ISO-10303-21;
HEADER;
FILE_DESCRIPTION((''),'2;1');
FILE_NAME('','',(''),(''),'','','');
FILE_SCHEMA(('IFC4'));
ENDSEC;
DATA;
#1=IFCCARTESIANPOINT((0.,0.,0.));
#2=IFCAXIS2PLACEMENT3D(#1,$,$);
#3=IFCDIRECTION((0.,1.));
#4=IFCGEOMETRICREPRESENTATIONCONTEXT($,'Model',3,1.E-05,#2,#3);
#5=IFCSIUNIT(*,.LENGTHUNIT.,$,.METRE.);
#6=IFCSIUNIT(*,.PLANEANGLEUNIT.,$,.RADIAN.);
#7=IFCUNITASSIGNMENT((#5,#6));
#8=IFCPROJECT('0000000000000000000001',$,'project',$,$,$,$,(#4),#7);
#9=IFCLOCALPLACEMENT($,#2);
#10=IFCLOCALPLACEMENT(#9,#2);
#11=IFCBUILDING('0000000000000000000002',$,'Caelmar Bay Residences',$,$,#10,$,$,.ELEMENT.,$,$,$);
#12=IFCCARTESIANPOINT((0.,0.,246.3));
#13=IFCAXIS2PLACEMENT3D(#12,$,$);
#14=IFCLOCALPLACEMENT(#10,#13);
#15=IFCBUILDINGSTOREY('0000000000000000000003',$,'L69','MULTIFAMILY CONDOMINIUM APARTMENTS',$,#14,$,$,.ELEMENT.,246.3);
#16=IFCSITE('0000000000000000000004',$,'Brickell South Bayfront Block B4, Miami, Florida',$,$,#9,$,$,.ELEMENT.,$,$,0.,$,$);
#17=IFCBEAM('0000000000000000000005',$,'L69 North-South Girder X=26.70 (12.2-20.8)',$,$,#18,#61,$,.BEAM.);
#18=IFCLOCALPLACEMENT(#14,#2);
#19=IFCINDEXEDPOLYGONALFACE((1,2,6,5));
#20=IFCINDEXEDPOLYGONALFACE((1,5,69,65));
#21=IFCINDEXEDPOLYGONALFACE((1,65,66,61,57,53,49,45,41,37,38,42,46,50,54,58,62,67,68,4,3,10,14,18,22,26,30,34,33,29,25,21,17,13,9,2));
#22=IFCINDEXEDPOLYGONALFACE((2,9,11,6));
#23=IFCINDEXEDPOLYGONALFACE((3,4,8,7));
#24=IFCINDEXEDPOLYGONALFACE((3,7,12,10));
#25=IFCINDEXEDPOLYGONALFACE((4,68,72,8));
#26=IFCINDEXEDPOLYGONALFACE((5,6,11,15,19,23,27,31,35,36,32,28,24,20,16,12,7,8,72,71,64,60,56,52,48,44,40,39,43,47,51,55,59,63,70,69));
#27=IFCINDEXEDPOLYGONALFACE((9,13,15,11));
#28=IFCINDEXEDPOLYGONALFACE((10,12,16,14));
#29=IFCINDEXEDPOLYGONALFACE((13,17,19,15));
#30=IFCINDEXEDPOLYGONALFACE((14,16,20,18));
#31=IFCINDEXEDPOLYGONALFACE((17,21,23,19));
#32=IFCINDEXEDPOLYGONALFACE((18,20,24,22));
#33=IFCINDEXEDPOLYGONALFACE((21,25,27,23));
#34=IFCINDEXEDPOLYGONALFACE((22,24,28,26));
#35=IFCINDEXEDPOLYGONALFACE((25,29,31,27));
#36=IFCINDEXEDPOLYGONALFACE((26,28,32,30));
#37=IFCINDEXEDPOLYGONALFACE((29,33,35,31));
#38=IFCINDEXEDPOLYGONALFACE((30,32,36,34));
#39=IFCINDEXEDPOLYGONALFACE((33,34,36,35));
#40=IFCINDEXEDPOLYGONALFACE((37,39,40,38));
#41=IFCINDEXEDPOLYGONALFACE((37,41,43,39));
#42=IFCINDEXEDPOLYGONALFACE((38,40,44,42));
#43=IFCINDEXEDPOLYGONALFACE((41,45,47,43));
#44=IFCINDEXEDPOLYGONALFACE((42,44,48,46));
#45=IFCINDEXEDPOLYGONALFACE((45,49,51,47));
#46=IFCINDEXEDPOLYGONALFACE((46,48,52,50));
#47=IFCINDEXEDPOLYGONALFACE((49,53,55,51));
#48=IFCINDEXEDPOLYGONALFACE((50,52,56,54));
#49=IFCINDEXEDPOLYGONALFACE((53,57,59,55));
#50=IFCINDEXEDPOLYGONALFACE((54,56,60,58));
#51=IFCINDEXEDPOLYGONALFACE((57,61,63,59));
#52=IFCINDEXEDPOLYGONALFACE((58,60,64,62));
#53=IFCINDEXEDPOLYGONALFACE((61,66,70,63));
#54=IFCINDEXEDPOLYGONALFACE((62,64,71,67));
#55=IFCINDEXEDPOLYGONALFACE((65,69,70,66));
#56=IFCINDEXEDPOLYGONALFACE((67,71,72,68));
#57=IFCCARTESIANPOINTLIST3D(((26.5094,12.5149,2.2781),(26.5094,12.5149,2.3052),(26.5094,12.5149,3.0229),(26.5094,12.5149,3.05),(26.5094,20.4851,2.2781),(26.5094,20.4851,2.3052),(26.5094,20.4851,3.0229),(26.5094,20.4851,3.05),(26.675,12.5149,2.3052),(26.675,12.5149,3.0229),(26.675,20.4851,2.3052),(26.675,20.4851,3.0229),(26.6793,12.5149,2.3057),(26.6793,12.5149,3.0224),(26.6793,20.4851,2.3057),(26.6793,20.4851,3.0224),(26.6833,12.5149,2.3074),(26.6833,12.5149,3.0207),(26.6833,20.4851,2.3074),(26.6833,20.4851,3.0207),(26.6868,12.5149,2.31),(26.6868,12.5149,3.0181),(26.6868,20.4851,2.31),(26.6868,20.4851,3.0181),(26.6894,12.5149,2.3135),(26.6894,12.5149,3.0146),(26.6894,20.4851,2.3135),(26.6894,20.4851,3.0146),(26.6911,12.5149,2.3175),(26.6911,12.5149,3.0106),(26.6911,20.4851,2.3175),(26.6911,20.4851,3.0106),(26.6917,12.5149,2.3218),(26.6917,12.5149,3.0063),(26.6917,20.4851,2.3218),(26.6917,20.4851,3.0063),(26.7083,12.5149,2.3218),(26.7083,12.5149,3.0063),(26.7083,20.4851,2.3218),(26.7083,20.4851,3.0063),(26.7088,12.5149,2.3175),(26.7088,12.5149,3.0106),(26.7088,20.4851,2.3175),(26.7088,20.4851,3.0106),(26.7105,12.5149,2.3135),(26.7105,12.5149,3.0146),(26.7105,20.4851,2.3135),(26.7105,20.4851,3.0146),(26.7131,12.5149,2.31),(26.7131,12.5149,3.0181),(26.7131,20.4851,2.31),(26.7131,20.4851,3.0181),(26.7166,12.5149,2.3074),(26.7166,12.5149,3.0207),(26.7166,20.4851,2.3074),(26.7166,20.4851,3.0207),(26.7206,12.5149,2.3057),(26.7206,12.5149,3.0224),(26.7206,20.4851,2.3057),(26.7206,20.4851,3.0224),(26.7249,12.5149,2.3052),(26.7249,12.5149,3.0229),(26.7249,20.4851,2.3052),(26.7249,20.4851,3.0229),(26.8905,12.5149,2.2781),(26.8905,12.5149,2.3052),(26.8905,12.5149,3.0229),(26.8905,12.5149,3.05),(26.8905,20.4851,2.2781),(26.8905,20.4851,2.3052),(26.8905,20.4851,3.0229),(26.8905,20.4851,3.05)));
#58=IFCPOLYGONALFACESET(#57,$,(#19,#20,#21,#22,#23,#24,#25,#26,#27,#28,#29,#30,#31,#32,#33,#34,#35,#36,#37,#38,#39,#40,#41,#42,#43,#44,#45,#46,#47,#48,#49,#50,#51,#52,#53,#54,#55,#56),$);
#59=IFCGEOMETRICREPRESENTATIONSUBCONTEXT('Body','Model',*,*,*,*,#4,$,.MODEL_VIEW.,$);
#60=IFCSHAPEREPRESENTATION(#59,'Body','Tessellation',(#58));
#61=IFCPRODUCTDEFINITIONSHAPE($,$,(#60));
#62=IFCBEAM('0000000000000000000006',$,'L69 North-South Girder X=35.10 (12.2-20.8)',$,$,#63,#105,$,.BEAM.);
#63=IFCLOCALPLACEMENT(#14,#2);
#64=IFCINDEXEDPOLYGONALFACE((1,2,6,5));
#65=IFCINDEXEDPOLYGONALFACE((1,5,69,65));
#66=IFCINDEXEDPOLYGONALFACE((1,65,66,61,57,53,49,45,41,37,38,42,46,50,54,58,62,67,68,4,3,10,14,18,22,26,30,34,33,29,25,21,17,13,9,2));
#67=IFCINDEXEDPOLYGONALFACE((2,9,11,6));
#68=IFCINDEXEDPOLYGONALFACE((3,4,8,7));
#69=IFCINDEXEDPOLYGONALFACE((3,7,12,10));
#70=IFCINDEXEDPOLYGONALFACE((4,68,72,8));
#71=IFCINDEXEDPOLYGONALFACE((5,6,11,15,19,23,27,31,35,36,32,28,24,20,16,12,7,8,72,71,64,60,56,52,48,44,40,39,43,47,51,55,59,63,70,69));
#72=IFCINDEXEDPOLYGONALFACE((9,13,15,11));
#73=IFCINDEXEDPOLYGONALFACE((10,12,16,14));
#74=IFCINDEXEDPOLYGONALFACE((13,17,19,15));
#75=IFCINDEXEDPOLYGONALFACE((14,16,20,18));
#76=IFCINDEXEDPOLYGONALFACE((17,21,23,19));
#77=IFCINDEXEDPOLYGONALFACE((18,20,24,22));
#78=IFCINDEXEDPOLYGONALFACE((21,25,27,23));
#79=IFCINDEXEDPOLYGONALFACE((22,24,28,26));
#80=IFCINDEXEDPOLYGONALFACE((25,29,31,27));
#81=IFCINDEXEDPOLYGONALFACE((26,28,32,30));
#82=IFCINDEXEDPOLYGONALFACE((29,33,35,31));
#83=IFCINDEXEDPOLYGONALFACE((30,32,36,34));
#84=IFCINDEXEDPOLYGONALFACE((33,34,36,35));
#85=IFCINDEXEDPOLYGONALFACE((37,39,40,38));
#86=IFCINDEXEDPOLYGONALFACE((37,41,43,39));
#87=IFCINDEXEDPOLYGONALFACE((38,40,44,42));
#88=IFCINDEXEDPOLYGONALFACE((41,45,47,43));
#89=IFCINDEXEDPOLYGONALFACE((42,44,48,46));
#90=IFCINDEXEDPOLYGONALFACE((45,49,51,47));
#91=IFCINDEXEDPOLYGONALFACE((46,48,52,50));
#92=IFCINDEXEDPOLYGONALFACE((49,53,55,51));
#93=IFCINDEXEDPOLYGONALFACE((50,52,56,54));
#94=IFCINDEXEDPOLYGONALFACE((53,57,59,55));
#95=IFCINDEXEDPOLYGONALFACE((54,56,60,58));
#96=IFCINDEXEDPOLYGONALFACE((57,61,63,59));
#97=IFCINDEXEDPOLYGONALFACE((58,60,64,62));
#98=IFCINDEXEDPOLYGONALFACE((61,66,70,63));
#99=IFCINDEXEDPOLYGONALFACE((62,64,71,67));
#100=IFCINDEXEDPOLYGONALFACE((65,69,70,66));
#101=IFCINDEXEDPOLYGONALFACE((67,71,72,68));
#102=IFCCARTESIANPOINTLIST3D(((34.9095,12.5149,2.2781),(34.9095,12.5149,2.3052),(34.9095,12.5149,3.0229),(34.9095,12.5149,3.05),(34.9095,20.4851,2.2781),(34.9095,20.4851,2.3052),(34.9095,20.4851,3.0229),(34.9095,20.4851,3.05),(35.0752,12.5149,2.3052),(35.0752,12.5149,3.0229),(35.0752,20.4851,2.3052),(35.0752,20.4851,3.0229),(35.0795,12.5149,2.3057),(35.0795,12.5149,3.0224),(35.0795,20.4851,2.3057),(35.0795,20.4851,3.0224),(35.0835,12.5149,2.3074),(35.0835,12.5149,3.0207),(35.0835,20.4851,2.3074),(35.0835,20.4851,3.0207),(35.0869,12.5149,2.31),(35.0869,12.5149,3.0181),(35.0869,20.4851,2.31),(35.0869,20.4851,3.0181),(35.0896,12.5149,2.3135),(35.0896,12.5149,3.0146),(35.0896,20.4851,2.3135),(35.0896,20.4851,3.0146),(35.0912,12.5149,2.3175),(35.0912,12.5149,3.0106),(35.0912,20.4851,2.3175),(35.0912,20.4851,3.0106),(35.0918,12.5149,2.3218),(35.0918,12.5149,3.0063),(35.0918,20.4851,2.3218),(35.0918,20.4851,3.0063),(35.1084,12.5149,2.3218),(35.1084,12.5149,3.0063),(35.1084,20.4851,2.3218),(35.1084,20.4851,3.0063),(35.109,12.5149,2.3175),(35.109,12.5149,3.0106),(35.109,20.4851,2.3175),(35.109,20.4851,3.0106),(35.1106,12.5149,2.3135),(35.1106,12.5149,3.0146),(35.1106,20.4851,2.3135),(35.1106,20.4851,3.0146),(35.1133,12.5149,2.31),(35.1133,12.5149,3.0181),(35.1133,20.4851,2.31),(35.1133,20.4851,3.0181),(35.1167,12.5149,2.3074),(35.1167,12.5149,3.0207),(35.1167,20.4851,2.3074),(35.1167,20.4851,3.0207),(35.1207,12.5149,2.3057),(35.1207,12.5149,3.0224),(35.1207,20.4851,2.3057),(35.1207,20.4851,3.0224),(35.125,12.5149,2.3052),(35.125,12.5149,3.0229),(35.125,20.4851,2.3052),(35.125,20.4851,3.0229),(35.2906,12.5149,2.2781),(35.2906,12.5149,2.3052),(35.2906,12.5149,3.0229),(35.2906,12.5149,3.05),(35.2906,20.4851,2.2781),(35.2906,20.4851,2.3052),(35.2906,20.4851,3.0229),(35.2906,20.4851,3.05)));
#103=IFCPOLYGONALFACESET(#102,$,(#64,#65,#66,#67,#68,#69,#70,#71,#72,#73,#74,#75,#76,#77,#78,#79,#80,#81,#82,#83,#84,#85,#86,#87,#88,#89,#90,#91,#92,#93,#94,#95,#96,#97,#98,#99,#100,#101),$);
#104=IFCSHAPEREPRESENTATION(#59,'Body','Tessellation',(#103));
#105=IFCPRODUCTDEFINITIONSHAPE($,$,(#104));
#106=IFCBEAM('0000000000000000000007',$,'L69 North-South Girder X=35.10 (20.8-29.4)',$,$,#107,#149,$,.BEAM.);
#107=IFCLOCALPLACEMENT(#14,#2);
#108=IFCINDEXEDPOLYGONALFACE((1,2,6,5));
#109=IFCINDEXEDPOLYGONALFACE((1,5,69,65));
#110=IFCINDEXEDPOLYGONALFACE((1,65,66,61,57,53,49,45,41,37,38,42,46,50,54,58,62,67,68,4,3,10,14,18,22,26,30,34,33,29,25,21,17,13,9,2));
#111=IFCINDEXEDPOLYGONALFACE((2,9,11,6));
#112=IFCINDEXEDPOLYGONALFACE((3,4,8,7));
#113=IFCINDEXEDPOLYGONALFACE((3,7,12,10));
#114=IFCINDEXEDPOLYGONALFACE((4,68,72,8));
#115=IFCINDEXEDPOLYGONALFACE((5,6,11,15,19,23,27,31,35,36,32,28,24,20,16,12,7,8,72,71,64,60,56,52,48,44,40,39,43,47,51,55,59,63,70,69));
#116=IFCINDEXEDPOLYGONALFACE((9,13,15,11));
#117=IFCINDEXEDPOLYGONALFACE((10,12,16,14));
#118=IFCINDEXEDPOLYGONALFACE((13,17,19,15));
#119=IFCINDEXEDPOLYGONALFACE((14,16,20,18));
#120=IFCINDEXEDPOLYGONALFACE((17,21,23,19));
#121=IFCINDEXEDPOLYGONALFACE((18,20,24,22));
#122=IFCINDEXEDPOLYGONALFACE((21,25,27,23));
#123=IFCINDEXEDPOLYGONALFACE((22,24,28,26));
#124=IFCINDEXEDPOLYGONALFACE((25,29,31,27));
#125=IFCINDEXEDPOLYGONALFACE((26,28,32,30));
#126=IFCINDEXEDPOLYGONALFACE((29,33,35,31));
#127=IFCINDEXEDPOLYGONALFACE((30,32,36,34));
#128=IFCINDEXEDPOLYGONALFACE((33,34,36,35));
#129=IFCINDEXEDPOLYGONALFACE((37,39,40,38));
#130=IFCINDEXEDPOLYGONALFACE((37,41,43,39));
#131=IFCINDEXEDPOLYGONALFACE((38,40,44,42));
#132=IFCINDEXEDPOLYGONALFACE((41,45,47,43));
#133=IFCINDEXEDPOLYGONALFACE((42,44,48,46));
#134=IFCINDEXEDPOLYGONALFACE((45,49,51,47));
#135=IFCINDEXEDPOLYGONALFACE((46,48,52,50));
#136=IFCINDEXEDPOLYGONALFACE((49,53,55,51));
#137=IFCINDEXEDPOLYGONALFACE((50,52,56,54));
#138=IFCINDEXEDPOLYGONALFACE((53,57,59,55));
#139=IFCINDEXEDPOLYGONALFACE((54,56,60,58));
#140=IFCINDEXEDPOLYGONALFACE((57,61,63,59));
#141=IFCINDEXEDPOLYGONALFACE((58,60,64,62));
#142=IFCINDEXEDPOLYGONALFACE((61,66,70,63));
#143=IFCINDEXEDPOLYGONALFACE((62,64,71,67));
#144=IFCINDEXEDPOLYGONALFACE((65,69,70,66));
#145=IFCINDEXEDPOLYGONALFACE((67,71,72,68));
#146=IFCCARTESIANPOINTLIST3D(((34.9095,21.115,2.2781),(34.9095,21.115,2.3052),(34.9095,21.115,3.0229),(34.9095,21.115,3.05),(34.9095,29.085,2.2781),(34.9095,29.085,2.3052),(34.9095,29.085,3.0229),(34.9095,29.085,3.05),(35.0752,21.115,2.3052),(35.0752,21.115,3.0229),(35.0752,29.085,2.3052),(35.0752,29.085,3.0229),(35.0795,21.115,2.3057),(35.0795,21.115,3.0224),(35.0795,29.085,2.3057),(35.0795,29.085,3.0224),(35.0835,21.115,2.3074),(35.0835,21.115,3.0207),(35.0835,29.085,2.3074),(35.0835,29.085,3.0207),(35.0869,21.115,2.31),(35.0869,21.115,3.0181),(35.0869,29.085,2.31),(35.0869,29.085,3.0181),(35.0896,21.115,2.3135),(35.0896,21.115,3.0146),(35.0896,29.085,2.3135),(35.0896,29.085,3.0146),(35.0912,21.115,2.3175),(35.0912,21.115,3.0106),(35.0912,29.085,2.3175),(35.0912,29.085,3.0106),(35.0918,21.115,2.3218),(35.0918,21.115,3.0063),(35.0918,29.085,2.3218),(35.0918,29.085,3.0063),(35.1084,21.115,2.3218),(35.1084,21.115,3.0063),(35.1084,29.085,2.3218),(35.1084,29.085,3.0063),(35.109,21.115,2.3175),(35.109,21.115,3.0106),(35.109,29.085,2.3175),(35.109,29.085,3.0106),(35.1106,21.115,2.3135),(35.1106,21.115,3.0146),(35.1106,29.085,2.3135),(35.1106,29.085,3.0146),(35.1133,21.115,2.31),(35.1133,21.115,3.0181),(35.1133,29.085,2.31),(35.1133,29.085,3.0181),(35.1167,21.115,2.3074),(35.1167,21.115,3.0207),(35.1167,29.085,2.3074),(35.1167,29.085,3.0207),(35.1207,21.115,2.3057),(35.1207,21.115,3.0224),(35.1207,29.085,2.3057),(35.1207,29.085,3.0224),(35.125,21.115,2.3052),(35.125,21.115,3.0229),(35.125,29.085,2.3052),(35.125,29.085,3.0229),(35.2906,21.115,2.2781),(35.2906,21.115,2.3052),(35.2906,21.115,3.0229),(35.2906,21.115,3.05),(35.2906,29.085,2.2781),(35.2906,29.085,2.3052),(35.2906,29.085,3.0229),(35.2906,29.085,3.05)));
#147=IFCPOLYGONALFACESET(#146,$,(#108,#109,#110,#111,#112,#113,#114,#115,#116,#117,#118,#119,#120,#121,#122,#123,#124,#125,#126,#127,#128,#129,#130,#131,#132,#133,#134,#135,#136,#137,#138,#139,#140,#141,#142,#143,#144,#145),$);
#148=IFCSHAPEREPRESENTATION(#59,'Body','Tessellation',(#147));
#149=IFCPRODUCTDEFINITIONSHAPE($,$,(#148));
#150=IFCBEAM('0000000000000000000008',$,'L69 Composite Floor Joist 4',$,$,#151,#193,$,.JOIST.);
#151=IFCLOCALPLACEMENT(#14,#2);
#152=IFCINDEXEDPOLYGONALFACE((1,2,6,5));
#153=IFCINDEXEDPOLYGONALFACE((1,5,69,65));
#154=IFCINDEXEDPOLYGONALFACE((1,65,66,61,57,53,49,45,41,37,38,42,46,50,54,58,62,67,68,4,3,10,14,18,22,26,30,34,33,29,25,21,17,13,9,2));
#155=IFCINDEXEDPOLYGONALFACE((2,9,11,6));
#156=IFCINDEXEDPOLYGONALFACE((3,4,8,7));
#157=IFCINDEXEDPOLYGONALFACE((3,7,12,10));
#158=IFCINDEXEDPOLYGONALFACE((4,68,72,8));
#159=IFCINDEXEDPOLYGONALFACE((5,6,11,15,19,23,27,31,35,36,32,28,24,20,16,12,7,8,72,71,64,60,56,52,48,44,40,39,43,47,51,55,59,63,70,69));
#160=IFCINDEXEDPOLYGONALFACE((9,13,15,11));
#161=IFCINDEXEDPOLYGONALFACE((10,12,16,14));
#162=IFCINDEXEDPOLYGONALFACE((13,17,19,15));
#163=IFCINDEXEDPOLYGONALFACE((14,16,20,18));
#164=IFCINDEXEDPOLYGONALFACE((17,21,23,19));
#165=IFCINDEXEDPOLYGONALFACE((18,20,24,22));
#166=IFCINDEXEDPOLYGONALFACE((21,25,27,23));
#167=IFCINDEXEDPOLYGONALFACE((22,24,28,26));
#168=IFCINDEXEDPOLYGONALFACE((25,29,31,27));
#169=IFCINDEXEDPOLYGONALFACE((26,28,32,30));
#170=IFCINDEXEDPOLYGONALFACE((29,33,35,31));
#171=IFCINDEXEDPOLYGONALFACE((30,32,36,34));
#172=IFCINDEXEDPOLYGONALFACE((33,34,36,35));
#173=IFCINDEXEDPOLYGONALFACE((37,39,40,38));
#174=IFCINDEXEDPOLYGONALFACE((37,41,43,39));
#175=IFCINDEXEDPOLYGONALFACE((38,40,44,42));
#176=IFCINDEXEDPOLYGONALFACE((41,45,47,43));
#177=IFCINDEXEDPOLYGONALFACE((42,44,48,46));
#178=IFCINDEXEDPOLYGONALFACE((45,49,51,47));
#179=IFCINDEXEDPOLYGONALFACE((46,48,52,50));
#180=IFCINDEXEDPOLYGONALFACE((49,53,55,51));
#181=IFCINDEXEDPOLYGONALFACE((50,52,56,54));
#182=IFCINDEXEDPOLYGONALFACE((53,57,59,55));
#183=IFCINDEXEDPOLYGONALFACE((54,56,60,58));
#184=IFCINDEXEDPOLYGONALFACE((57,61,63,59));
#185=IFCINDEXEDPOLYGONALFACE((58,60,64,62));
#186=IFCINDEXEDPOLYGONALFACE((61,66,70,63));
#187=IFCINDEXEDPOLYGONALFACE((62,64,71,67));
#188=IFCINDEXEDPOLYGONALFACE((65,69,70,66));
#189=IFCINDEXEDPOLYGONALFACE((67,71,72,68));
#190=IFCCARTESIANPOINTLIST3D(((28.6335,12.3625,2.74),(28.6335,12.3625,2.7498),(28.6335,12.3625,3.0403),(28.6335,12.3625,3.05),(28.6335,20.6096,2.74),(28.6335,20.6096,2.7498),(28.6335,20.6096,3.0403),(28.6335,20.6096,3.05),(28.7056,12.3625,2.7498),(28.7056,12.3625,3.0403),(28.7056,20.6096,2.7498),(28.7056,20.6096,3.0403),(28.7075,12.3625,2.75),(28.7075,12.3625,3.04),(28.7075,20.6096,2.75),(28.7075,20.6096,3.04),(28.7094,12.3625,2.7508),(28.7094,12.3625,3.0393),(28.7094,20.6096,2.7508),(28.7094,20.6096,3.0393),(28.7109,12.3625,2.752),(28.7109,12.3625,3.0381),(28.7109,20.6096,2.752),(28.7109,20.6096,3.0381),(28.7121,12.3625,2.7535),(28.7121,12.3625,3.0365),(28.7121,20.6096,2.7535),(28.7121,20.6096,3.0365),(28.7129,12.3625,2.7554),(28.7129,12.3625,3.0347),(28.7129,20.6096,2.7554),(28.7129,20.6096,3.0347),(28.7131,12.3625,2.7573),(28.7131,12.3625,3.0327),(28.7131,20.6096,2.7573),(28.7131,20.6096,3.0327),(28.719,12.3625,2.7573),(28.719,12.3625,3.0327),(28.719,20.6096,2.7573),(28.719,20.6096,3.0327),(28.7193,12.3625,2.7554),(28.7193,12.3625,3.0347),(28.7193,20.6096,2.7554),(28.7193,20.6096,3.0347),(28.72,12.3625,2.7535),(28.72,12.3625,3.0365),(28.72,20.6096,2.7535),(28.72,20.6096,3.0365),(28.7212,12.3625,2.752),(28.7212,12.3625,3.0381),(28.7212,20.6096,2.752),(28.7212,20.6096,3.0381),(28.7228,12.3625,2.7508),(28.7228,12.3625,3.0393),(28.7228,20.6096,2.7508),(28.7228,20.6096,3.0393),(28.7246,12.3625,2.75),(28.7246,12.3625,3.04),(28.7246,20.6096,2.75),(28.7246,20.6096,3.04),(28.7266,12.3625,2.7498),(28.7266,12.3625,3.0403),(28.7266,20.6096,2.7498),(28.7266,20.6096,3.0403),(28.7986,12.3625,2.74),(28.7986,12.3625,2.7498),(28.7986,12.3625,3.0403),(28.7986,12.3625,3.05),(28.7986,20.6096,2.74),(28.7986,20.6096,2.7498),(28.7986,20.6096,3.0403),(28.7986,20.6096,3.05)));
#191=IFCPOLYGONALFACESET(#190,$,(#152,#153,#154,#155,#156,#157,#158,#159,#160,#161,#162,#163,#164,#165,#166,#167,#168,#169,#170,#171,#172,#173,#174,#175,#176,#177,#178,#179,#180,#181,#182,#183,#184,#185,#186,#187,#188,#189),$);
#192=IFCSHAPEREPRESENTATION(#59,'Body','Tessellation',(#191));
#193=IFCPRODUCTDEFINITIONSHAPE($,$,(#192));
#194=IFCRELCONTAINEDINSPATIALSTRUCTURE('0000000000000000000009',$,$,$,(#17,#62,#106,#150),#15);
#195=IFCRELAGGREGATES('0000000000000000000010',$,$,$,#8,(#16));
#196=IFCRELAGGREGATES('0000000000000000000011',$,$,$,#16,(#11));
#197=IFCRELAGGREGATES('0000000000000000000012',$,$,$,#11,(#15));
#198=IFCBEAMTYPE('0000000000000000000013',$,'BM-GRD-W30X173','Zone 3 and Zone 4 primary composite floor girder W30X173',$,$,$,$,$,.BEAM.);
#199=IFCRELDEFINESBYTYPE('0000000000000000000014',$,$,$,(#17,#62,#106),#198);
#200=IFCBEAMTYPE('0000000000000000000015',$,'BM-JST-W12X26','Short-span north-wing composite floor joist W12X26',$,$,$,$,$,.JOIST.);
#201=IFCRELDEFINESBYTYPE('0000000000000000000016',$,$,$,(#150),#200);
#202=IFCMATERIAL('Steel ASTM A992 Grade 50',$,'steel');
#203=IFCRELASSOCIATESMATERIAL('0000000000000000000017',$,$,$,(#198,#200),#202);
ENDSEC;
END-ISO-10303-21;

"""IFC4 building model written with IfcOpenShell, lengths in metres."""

from ifc_helpers import new_model, si_unit, direction, frame, origin, origin_2d, place, context, subcontext, project, spatial, i_section, extrude, material, material_profile, profile_set, type_object, element, save


model = new_model("IFC4")

# Units and contexts
model_context = context("Model", 3, precision=1e-05, world=origin(), true_north=direction((0.0, 1.0)))
body_context = subcontext(model_context, "Body", "Model", "MODEL_VIEW")
ifc_project = project(units=[si_unit("LENGTHUNIT", "METRE"), si_unit("PLANEANGLEUNIT", "RADIAN")], contexts=[model_context])

# Site, building, storey
site_placement = place(None, origin())
site = spatial("IfcSite", under=ifc_project, at=site_placement, Name="Brickell South Bayfront Block B4, Miami, Florida", CompositionType="ELEMENT", RefElevation=0.0)
building_placement = place(site_placement, origin())
building = spatial("IfcBuilding", under=site, at=building_placement, Name="Caelmar Bay Residences", CompositionType="ELEMENT")
storey_placement = place(building_placement, frame((0.0, 0.0, 246.3)))
storey = spatial("IfcBuildingStorey", under=building, at=storey_placement, Name="L69", Description="MULTIFAMILY CONDOMINIUM APARTMENTS", CompositionType="ELEMENT", Elevation=246.3)

# Beams
ifc_material_1 = material(Name="Steel ASTM A992 Grade 50", Category="steel")
ifc_material_profile_1 = material_profile(ifc_material_1, i_section(OverallWidth=0.3811, OverallDepth=0.772, WebThickness=0.0166, FlangeThickness=0.0271, FilletRadius=0.0166, at=origin_2d()), Name="W30X173")
ifc_profile_set_1 = profile_set([ifc_material_profile_1], Name="Steel ASTM A992 Grade 50")
beam_type_1 = type_object("IfcBeamType", Name="BM-GRD-W30X173", Description="Zone 3 and Zone 4 primary composite floor girder W30X173", PredefinedType="BEAM", material=ifc_profile_set_1)
for number, where, z_axis, x_axis, name in (
    (1, (26.7, 12.5149, 2.6641), (0.0, 1.0, 0.0), (-1.0, 0.0, 0.0), "L69 North-South Girder X=26.70 (12.2-20.8)"),
    (2, (35.1001, 12.5149, 2.6641), (0.0, 1.0, 0.0), (-1.0, 0.0, 0.0), "L69 North-South Girder X=35.10 (12.2-20.8)"),
):
    element("IfcBeam", number, at=place(storey_placement, frame(where, z_axis=z_axis, x_axis=x_axis)), inside=storey, type_object=beam_type_1, Name=name, PredefinedType="BEAM", context=body_context, shape_type="SweptSolid", body=[
        extrude(i_section(OverallWidth=0.3811, OverallDepth=0.772, WebThickness=0.0166, FlangeThickness=0.0271, FilletRadius=0.0166, at=origin_2d()), origin(), (0.0, 0.0, 1.0), 7.9702),
    ])
beam_1_placement = place(storey_placement, frame((35.1001, 21.115, 2.6641), z_axis=(0.0, 1.0, 0.0), x_axis=(-1.0, 0.0, 0.0)))
element("IfcBeam", 3, at=beam_1_placement, inside=storey, type_object=beam_type_1, Name="L69 North-South Girder X=35.10 (20.8-29.4)", PredefinedType="BEAM", context=body_context, shape_type="SweptSolid", body=[
    extrude(i_section(OverallWidth=0.3811, OverallDepth=0.772, WebThickness=0.0166, FlangeThickness=0.0271, FilletRadius=0.0166, at=origin_2d()), origin(), (0.0, 0.0, 1.0), 7.97),
])
ifc_material_profile_2 = material_profile(ifc_material_1, i_section(OverallWidth=0.165, OverallDepth=0.3101, WebThickness=0.0059, FlangeThickness=0.0098, FilletRadius=0.0076, at=origin_2d()), Name="W12X26")
ifc_profile_set_2 = profile_set([ifc_material_profile_2], Name="Steel ASTM A992 Grade 50")
beam_type_2 = type_object("IfcBeamType", Name="BM-JST-W12X26", Description="Short-span north-wing composite floor joist W12X26", PredefinedType="JOIST", material=ifc_profile_set_2)
beam_2_placement = place(storey_placement, frame((28.7161, 12.3625, 2.895), z_axis=(0.0, 1.0, 0.0), x_axis=(-1.0, 0.0, 0.0)))
element("IfcBeam", 4, at=beam_2_placement, inside=storey, type_object=beam_type_2, Name="L69 Composite Floor Joist 4", PredefinedType="JOIST", context=body_context, shape_type="SweptSolid", body=[
    extrude(i_section(OverallWidth=0.165, OverallDepth=0.3101, WebThickness=0.0059, FlangeThickness=0.0098, FilletRadius=0.0076, at=origin_2d()), origin(), (0.0, 0.0, 1.0), 8.2471),
])

save(model, "model.ifc")
